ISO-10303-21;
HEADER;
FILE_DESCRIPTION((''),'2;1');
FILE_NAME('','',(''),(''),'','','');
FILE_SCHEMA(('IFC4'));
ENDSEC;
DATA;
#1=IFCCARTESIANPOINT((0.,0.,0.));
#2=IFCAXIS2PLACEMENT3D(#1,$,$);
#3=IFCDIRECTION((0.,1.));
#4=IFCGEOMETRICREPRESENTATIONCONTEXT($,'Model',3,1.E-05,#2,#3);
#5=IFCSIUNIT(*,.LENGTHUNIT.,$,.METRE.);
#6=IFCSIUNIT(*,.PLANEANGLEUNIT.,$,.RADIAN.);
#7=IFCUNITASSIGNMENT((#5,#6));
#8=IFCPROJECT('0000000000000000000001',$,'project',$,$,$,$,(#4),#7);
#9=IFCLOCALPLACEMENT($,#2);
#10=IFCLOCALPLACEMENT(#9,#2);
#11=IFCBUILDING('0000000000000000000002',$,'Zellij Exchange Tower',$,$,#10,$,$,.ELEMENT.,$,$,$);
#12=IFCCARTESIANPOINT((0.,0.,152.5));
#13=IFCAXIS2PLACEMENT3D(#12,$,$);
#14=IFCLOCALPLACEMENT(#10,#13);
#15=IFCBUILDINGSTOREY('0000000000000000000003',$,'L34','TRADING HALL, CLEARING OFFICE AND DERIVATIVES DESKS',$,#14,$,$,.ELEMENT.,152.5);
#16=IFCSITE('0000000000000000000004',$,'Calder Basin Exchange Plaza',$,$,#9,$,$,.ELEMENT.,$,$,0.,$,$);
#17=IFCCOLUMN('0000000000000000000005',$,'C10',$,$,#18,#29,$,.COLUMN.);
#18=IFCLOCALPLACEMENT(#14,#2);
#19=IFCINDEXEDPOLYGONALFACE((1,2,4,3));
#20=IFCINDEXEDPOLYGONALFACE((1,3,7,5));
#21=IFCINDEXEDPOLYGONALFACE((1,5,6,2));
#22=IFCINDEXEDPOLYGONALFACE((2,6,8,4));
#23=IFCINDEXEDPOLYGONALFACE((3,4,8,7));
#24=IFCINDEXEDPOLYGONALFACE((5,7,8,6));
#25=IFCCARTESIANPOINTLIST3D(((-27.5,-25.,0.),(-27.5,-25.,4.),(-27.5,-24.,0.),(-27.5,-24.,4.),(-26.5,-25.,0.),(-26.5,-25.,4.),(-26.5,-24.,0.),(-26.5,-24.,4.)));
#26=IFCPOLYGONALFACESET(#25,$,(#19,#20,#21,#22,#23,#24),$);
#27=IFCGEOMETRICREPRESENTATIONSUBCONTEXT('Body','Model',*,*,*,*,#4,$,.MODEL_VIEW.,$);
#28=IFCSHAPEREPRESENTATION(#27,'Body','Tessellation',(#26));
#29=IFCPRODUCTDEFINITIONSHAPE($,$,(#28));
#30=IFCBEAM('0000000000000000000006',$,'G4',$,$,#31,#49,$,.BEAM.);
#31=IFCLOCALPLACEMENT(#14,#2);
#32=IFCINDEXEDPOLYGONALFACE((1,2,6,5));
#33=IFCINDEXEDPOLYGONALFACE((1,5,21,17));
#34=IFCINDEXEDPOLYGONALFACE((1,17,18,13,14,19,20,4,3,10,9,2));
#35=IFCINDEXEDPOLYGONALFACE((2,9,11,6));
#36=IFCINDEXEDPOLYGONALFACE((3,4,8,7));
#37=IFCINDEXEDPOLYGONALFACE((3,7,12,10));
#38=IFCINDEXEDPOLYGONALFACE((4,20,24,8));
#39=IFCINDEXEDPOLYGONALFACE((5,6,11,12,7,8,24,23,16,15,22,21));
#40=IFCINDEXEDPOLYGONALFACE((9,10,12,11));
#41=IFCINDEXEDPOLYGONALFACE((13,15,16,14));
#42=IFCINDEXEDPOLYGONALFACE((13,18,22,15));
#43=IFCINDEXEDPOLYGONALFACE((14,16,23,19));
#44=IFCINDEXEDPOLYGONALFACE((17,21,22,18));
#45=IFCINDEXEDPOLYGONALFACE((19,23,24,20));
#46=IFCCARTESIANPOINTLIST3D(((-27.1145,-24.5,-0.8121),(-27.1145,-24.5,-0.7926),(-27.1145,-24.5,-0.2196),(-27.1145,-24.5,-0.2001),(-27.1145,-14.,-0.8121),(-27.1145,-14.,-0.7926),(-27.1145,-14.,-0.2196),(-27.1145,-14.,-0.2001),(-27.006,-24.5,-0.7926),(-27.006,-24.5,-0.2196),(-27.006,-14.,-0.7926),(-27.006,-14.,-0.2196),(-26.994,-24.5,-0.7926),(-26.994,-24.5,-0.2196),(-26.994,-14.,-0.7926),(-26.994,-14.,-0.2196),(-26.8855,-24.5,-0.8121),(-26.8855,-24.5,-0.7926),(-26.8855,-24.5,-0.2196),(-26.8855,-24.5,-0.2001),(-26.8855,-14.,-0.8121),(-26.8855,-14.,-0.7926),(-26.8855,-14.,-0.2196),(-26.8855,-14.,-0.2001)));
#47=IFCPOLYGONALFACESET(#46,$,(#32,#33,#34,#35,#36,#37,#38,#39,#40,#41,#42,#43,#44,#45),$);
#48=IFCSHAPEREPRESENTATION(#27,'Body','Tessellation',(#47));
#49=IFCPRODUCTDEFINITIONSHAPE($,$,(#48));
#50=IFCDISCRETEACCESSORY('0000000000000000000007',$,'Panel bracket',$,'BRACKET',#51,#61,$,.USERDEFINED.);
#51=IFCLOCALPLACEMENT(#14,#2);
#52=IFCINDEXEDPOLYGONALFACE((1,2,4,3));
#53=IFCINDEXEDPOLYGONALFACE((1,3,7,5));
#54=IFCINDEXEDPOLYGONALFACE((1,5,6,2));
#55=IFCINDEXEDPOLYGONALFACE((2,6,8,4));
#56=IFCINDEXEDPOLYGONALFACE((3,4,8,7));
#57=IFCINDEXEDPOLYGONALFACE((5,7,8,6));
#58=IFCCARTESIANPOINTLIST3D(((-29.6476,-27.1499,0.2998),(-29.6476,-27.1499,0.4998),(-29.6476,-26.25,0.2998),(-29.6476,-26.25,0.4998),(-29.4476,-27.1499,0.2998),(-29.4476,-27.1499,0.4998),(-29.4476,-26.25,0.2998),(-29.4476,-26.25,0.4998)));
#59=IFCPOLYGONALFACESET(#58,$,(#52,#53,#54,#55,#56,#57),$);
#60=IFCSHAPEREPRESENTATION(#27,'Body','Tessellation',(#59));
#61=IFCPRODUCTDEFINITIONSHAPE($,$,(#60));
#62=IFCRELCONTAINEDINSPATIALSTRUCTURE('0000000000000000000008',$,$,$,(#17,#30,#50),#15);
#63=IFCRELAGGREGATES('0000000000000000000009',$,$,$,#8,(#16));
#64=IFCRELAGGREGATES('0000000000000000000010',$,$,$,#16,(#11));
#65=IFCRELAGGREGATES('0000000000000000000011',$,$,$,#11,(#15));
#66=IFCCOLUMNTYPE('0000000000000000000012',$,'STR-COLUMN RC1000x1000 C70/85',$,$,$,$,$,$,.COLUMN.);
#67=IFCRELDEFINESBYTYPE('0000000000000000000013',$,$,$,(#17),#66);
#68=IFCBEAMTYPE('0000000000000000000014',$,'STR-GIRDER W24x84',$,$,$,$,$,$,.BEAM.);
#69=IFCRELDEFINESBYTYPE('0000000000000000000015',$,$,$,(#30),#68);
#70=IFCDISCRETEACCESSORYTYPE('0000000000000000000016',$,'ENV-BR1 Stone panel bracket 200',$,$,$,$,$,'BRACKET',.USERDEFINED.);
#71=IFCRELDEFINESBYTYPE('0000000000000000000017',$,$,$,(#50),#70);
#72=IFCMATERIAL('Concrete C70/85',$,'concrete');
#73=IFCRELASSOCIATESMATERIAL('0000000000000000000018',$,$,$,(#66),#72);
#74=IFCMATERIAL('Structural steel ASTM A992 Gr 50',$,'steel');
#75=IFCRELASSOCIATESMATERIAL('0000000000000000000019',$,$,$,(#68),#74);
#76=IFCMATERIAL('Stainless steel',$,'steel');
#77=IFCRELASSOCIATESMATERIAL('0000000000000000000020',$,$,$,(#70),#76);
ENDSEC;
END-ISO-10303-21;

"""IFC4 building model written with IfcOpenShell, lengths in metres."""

from ifc_helpers import new_model, si_unit, direction, frame, origin, origin_2d, place, context, subcontext, project, spatial, rectangle, i_section, extrude, material, material_profile, profile_set, type_object, element, save


model = new_model("IFC4")

# Units and contexts
model_context = context("Model", 3, precision=1e-05, world=origin(), true_north=direction((0.0, 1.0)))
body_context = subcontext(model_context, "Body", "Model", "MODEL_VIEW")
ifc_project = project(units=[si_unit("LENGTHUNIT", "METRE"), si_unit("PLANEANGLEUNIT", "RADIAN")], contexts=[model_context])

# Site, building, storey
site_placement = place(None, origin())
site = spatial("IfcSite", under=ifc_project, at=site_placement, Name="Calder Basin Exchange Plaza", CompositionType="ELEMENT", RefElevation=0.0)
building_placement = place(site_placement, origin())
building = spatial("IfcBuilding", under=site, at=building_placement, Name="Zellij Exchange Tower", CompositionType="ELEMENT")
storey_placement = place(building_placement, frame((0.0, 0.0, 152.5)))
storey = spatial("IfcBuildingStorey", under=building, at=storey_placement, Name="L34", Description="TRADING HALL, CLEARING OFFICE AND DERIVATIVES DESKS", CompositionType="ELEMENT", Elevation=152.5)

# Column
ifc_material_1 = material(Name="Concrete C70/85", Category="concrete")
ifc_material_profile_1 = material_profile(ifc_material_1, rectangle(XDim=1.0, YDim=1.0, at=origin_2d()), Name="STR-COLUMN RC1000x1000 C70/85")
ifc_profile_set_1 = profile_set([ifc_material_profile_1], Name="Concrete C70/85")
column_type = type_object("IfcColumnType", Name="STR-COLUMN RC1000x1000 C70/85", PredefinedType="COLUMN", material=ifc_profile_set_1)
column_placement = place(storey_placement, frame((-27.0, -24.5, 0.0), z_axis=(0.0, 0.0, 1.0), x_axis=(1.0, 0.0, 0.0)))
element("IfcColumn", 1, at=column_placement, inside=storey, type_object=column_type, Name="C10", PredefinedType="COLUMN", context=body_context, shape_type="SweptSolid", body=[
    extrude(rectangle(XDim=1.0, YDim=1.0, at=origin_2d()), origin(), (0.0, 0.0, 1.0), 4.0),
])

# Beam
ifc_material_2 = material(Name="Structural steel ASTM A992 Gr 50", Category="steel")
ifc_material_profile_2 = material_profile(ifc_material_2, i_section(OverallWidth=0.229, OverallDepth=0.6121, WebThickness=0.012, FlangeThickness=0.0195, at=origin_2d()), Name="W24x84")
ifc_profile_set_2 = profile_set([ifc_material_profile_2], Name="Structural steel ASTM A992 Gr 50")
beam_type = type_object("IfcBeamType", Name="STR-GIRDER W24x84", PredefinedType="BEAM", material=ifc_profile_set_2)
beam_placement = place(storey_placement, frame((-27.0, -24.5, -0.5061), z_axis=(0.0, 1.0, 0.0), x_axis=(-1.0, 0.0, 0.0)))
element("IfcBeam", 2, at=beam_placement, inside=storey, type_object=beam_type, Name="G4", PredefinedType="BEAM", context=body_context, shape_type="SweptSolid", body=[
    extrude(i_section(OverallWidth=0.229, OverallDepth=0.6121, WebThickness=0.012, FlangeThickness=0.0195, at=origin_2d()), origin(), (0.0, 0.0, 1.0), 10.5),
])

# Discrete accessory
ifc_material_3 = material(Name="Stainless steel", Category="steel")
discrete_accessory_type = type_object("IfcDiscreteAccessoryType", Name="ENV-BR1 Stone panel bracket 200", ElementType="BRACKET", PredefinedType="USERDEFINED", material=ifc_material_3)
discrete_accessory_placement = place(storey_placement, frame((-29.5476, -26.7, 0.2998), z_axis=(0.0, 0.0, 1.0), x_axis=(1.0, 0.0, 0.0)))
element("IfcDiscreteAccessory", 3, at=discrete_accessory_placement, inside=storey, type_object=discrete_accessory_type, Name="Panel bracket", ObjectType="BRACKET", PredefinedType="USERDEFINED", context=body_context, shape_type="SweptSolid", body=[
    extrude(rectangle(XDim=0.2, YDim=0.8999, at=origin_2d()), origin(), (0.0, 0.0, 1.0), 0.2),
])

save(model, "model.ifc")
